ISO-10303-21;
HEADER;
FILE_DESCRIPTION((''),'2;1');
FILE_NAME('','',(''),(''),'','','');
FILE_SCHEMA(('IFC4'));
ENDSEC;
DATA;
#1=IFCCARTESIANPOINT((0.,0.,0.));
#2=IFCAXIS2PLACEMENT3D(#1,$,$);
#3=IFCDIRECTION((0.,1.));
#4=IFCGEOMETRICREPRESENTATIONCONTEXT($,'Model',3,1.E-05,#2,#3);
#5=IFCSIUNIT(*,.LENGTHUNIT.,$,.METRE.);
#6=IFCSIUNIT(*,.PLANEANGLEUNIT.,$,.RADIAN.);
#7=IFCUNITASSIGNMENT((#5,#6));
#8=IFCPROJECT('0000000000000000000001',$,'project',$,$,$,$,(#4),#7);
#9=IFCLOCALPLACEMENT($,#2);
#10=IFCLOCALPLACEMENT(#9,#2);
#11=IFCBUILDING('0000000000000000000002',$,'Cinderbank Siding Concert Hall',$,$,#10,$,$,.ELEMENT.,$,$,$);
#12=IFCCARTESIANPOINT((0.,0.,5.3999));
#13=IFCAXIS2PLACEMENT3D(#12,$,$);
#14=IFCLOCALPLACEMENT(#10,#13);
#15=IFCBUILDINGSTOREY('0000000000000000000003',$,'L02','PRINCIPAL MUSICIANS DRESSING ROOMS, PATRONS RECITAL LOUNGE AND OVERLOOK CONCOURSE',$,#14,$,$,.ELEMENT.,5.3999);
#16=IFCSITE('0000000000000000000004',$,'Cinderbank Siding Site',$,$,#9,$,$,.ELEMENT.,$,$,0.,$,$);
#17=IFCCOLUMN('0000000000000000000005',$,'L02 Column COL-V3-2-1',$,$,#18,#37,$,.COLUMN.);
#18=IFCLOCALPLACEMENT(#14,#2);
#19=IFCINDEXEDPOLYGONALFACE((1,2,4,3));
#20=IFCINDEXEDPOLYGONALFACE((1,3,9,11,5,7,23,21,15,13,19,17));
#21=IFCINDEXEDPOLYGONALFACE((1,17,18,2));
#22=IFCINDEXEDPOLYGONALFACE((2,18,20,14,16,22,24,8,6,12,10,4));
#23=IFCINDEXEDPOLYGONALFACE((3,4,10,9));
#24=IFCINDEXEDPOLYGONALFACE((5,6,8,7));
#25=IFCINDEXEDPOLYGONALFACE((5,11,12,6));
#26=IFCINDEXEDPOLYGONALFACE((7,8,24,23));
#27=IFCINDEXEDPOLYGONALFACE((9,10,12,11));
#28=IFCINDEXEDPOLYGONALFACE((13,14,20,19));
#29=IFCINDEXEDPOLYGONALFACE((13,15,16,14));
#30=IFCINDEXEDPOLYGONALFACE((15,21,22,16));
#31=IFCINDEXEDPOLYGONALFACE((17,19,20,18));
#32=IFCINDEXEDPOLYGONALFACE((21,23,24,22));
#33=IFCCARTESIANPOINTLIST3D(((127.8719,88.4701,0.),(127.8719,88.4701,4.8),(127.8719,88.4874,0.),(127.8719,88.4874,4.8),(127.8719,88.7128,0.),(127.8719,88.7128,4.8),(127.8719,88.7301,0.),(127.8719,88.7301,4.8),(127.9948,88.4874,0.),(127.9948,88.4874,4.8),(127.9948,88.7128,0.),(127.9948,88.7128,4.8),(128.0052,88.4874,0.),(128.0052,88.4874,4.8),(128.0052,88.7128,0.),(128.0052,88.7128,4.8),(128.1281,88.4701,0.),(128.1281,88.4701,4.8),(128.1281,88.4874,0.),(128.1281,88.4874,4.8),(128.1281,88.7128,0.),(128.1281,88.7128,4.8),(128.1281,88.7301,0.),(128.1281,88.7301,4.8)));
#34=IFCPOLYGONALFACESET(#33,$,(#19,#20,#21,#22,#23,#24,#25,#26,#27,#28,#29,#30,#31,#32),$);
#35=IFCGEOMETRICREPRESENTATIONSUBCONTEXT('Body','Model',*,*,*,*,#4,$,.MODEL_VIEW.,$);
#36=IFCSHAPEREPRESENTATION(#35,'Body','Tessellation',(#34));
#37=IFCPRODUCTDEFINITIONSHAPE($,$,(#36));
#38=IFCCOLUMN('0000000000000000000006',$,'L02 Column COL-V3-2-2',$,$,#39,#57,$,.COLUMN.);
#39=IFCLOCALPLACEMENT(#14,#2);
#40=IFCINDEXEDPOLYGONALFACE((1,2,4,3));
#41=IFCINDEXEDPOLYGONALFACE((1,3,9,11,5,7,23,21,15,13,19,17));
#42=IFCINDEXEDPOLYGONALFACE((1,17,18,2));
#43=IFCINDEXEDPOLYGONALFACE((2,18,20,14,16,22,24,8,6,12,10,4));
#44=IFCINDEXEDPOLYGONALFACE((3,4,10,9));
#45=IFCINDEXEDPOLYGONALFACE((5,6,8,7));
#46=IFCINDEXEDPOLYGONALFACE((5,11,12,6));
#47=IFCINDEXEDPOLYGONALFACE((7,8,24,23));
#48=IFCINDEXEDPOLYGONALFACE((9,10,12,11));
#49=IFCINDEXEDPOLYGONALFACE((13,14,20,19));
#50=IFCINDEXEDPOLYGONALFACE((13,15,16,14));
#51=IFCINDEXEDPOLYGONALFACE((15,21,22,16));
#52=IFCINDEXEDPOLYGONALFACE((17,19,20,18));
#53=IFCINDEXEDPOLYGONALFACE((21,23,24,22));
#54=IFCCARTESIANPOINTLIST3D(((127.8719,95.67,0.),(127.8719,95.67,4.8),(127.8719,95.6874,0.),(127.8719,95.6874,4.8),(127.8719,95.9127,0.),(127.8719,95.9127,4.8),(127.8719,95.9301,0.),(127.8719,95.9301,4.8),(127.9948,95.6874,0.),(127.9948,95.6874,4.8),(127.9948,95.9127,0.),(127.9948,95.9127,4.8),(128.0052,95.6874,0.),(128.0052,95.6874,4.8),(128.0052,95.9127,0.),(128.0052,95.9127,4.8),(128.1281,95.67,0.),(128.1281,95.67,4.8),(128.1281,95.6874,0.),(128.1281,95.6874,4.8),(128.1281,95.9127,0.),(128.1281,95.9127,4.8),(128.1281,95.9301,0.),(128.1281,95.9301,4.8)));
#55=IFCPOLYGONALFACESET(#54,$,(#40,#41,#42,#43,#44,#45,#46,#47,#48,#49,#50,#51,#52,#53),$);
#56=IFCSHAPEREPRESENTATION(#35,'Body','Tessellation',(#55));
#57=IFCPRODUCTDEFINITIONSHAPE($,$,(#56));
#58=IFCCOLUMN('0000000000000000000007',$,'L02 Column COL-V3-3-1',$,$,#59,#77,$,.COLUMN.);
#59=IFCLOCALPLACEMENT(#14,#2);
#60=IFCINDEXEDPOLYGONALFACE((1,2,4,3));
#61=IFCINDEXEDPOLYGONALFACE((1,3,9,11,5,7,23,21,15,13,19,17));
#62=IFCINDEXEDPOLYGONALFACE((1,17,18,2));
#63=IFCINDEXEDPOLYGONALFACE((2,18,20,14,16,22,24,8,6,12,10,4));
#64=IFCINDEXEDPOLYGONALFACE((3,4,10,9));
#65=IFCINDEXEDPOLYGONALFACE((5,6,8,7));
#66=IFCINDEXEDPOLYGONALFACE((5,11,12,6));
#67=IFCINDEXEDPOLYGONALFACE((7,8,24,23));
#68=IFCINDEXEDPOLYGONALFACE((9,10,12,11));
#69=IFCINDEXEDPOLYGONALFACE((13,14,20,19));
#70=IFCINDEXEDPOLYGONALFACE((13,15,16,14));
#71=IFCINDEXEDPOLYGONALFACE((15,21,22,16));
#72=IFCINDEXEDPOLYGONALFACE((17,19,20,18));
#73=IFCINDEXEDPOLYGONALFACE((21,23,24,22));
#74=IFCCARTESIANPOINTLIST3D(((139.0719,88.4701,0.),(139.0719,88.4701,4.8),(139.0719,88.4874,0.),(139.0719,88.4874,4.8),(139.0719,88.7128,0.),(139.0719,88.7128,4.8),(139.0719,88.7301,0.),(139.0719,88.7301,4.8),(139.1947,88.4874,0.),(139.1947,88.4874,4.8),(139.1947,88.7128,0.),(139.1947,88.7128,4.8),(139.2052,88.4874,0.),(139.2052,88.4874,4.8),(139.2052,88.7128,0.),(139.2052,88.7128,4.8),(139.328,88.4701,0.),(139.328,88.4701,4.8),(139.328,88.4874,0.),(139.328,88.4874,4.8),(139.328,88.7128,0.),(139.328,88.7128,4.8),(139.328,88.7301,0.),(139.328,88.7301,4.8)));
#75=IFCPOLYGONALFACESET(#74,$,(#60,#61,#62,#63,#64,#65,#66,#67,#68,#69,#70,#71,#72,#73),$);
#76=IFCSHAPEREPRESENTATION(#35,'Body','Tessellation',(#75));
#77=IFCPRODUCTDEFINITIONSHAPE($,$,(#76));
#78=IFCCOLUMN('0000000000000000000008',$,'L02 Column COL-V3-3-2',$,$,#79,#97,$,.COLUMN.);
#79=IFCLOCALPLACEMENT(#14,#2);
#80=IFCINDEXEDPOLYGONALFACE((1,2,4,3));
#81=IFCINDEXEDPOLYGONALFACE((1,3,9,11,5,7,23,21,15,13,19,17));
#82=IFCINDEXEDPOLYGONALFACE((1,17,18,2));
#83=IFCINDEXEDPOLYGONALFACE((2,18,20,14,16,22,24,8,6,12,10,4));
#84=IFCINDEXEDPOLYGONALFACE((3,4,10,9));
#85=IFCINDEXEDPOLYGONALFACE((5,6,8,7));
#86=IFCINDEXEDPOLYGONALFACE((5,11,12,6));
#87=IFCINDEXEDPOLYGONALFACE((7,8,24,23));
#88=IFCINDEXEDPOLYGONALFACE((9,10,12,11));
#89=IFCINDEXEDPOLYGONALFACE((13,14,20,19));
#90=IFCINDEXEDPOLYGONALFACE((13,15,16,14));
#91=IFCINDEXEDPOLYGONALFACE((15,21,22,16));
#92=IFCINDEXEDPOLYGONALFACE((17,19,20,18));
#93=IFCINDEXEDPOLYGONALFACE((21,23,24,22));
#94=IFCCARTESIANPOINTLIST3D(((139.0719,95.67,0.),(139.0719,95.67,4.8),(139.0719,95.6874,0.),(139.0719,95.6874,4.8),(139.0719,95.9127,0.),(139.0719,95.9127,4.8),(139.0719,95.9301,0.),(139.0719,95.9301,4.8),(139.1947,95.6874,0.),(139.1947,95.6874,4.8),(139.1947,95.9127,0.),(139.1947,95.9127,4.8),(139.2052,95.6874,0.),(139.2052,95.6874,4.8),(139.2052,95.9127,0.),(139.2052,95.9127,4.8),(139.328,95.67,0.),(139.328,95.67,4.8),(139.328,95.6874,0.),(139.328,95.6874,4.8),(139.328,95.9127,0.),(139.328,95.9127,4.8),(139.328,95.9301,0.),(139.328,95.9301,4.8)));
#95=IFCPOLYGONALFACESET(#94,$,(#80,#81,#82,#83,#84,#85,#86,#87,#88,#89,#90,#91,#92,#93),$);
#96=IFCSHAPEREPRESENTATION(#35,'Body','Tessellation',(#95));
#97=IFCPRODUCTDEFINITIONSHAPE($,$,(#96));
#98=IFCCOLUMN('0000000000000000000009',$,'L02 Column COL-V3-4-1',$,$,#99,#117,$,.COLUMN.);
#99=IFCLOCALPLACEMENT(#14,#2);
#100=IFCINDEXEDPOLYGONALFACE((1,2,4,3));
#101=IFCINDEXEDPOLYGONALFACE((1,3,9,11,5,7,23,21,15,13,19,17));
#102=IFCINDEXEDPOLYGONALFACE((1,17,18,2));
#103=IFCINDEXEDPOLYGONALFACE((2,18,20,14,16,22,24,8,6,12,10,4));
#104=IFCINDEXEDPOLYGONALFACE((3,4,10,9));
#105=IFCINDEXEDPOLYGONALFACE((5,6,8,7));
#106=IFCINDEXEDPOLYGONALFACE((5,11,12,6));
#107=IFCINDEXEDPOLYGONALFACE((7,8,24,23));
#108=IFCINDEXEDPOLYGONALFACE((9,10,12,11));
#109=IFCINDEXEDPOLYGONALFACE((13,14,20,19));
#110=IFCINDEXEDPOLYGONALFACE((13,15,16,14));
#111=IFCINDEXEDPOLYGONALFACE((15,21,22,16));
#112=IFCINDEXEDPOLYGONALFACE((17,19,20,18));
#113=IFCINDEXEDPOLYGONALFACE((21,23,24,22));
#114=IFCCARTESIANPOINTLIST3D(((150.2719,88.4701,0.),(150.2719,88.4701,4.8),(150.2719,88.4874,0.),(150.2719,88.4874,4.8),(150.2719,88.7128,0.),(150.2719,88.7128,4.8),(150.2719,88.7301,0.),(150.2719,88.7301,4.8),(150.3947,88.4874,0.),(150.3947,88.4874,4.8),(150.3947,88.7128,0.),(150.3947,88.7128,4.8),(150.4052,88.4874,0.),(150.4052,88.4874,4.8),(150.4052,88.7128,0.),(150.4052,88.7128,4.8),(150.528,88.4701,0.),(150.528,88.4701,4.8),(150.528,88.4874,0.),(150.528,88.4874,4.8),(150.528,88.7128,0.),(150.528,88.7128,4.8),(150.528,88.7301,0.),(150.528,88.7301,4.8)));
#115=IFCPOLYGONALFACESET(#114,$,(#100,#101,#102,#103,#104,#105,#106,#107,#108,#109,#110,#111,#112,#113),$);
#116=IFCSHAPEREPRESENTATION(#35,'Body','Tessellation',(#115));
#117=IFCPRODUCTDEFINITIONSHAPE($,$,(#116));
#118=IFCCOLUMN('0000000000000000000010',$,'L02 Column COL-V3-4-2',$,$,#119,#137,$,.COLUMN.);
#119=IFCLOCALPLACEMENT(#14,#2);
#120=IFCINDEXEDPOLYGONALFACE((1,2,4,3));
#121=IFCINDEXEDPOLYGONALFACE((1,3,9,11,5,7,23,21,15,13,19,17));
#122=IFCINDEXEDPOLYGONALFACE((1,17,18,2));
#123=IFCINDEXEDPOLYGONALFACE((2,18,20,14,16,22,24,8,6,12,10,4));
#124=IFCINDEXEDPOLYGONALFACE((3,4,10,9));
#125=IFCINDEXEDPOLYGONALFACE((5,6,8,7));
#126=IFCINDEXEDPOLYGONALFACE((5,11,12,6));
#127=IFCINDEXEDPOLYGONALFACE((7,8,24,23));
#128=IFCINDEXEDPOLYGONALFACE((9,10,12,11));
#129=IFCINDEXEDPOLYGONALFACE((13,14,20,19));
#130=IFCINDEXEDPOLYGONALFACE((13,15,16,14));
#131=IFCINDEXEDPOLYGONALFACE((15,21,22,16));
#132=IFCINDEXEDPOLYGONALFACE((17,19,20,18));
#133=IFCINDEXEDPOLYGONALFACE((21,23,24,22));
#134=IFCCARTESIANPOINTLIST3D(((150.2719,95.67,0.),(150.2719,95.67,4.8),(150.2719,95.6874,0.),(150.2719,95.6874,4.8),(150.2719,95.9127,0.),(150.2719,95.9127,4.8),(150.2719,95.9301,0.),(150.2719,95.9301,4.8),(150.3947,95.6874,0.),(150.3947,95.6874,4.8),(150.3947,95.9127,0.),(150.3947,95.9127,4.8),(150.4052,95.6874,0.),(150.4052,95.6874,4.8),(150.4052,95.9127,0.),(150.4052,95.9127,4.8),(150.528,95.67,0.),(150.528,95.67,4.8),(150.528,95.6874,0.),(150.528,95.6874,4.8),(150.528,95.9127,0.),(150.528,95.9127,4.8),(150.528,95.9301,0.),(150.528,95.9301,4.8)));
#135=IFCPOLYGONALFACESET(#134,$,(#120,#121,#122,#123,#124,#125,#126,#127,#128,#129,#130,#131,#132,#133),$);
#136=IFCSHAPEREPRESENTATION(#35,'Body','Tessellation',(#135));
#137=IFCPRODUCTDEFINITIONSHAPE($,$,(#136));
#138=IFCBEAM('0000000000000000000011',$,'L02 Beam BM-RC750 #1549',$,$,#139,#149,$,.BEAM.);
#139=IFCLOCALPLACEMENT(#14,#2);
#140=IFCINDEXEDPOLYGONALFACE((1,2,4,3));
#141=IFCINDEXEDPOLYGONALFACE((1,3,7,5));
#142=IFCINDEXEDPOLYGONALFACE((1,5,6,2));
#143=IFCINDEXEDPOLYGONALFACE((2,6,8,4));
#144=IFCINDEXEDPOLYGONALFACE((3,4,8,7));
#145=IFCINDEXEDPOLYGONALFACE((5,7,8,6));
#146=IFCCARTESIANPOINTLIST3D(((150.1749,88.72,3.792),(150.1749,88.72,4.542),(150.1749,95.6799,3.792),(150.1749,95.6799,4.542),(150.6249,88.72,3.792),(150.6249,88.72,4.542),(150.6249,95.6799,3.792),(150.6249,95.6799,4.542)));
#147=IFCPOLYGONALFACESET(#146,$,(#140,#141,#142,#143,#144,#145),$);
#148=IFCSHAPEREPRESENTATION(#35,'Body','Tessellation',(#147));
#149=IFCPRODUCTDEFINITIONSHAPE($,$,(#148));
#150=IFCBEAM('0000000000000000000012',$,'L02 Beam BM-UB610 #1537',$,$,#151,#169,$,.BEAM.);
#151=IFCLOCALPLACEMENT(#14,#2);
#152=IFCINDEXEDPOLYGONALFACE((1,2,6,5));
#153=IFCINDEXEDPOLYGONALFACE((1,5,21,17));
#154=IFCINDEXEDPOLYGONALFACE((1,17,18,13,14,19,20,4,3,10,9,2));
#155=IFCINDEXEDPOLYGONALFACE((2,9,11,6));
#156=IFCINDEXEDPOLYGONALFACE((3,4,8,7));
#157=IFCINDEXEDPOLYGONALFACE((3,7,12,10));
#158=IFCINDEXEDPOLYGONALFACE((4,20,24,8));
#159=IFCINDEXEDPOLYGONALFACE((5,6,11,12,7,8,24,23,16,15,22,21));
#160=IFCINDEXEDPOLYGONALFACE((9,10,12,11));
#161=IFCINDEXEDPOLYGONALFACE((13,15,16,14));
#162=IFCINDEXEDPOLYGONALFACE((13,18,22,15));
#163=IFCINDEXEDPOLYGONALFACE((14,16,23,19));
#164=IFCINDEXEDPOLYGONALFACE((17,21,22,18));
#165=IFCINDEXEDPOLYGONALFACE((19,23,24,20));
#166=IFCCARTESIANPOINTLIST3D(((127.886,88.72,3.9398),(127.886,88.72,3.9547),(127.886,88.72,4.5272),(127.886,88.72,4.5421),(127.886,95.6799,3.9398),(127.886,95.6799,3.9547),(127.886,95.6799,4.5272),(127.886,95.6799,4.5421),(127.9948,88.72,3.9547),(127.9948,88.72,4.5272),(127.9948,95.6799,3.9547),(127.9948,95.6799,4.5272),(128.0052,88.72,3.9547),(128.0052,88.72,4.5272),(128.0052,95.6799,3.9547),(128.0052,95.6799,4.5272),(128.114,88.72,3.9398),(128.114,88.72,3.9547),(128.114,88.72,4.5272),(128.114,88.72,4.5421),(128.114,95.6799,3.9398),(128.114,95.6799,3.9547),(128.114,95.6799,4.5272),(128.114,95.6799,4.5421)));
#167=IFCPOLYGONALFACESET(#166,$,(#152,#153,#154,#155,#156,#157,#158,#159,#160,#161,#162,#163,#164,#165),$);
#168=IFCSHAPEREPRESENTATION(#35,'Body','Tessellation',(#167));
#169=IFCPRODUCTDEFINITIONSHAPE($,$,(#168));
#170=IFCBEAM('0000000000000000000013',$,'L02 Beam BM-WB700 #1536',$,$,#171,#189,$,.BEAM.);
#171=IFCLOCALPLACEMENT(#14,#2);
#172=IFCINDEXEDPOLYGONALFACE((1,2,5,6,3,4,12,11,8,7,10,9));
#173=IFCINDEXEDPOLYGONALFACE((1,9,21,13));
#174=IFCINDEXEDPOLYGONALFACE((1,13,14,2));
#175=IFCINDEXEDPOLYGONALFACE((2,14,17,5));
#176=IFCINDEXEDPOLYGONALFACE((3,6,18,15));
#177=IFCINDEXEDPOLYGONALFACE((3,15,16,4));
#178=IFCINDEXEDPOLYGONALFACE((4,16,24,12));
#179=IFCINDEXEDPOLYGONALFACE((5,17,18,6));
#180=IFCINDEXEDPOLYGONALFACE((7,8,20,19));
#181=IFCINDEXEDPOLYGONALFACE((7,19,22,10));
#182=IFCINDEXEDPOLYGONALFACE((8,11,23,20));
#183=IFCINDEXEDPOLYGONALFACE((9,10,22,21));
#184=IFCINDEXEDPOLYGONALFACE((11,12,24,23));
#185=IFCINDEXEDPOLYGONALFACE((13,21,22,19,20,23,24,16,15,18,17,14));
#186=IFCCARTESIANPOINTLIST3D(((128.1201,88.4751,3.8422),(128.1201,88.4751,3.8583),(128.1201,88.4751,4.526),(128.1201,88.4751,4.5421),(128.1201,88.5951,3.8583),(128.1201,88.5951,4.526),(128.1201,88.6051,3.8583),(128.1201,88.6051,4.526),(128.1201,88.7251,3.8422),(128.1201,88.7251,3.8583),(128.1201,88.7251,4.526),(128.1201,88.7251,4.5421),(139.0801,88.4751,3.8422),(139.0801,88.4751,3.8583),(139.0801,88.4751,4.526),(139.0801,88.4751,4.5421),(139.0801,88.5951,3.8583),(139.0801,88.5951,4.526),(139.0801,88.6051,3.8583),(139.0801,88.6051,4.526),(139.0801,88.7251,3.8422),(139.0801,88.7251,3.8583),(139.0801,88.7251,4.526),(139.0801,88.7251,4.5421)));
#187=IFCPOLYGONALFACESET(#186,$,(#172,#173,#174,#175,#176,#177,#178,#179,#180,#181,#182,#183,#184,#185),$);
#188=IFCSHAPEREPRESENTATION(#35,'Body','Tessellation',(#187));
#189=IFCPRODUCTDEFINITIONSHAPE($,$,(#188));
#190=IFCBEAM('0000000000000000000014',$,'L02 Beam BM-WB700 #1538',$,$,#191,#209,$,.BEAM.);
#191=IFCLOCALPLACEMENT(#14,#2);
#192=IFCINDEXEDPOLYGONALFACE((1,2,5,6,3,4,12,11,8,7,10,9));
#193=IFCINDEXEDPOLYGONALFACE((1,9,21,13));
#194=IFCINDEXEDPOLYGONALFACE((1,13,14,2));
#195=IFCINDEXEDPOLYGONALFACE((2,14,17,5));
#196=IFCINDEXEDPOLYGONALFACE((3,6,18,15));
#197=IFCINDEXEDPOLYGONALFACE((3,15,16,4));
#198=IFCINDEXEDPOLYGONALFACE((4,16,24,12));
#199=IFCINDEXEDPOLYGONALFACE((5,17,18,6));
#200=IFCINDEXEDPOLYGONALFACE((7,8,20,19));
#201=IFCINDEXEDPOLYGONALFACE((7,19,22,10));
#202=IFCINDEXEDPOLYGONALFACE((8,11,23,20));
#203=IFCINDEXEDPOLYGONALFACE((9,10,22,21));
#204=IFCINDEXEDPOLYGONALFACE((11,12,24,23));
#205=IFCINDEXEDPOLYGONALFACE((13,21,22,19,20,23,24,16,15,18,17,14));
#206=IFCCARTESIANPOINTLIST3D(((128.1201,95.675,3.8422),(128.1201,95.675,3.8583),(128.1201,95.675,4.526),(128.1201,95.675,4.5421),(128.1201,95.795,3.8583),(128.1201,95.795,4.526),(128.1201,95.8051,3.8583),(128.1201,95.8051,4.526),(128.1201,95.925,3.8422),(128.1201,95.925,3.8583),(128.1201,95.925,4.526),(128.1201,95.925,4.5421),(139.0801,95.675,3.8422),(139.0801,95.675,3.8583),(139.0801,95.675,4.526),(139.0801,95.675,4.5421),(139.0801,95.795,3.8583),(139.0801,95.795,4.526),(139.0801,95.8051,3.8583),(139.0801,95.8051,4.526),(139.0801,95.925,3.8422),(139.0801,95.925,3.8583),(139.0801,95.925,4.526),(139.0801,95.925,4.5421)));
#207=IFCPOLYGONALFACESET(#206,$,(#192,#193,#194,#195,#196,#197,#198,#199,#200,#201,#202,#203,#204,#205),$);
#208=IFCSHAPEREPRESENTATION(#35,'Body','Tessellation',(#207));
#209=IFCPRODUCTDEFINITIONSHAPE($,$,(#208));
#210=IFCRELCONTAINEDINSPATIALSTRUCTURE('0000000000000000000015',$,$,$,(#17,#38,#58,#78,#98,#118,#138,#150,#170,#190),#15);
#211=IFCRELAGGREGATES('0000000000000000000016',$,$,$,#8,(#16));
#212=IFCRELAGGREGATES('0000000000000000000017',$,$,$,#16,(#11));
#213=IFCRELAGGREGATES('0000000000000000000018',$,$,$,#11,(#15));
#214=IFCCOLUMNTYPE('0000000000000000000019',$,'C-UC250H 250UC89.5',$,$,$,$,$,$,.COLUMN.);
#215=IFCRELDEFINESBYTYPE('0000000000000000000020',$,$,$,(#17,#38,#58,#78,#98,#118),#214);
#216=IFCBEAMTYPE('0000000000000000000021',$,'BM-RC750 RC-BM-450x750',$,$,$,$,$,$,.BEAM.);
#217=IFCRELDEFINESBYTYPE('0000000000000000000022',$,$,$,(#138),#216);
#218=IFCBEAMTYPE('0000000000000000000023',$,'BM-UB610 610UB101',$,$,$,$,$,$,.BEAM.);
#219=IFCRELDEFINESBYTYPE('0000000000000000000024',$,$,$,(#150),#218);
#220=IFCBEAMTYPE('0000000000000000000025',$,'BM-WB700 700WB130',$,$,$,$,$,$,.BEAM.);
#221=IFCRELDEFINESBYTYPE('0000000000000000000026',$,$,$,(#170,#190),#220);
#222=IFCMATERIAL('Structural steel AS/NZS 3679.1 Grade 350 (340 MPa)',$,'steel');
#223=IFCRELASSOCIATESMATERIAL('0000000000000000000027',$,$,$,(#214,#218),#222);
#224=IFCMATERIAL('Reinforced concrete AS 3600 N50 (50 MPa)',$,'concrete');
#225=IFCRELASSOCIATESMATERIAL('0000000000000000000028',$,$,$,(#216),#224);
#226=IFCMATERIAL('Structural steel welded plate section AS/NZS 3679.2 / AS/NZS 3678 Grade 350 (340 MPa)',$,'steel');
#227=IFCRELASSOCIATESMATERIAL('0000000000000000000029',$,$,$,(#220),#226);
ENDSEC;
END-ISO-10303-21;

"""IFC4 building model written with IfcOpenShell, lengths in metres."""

from ifc_helpers import new_model, si_unit, direction, frame, origin, origin_2d, place, context, subcontext, project, spatial, rectangle, i_section, extrude, material, material_profile, profile_set, type_object, element, save


model = new_model("IFC4")

# Units and contexts
model_context = context("Model", 3, precision=1e-05, world=origin(), true_north=direction((0.0, 1.0)))
body_context = subcontext(model_context, "Body", "Model", "MODEL_VIEW")
ifc_project = project(units=[si_unit("LENGTHUNIT", "METRE"), si_unit("PLANEANGLEUNIT", "RADIAN")], contexts=[model_context])

# Site, building, storey
site_placement = place(None, origin())
site = spatial("IfcSite", under=ifc_project, at=site_placement, Name="Cinderbank Siding Site", CompositionType="ELEMENT", RefElevation=0.0)
building_placement = place(site_placement, origin())
building = spatial("IfcBuilding", under=site, at=building_placement, Name="Cinderbank Siding Concert Hall", CompositionType="ELEMENT")
storey_placement = place(building_placement, frame((0.0, 0.0, 5.3999)))
storey = spatial("IfcBuildingStorey", under=building, at=storey_placement, Name="L02", Description="PRINCIPAL MUSICIANS DRESSING ROOMS, PATRONS RECITAL LOUNGE AND OVERLOOK CONCOURSE", CompositionType="ELEMENT", Elevation=5.3999)

# Columns
ifc_material_1 = material(Name="Structural steel AS/NZS 3679.1 Grade 350 (340 MPa)", Category="steel")
ifc_material_profile_1 = material_profile(ifc_material_1, i_section(OverallWidth=0.2561, OverallDepth=0.26, WebThickness=0.0105, FlangeThickness=0.0173, at=origin_2d()), Name="250UC89.5", Category="LoadBearing")
ifc_profile_set_1 = profile_set([ifc_material_profile_1], Name="Structural steel AS/NZS 3679.1 Grade 350 (340 MPa)")
column_type = type_object("IfcColumnType", Name="C-UC250H 250UC89.5", PredefinedType="COLUMN", material=ifc_profile_set_1)
for number, where, z_axis, x_axis, name in (
    (1, (128.0, 88.6001, 0.0), (0.0, 0.0, 1.0), (1.0, 0.0, 0.0), "L02 Column COL-V3-2-1"),
    (2, (128.0, 95.8, 0.0), (0.0, 0.0, 1.0), (1.0, 0.0, 0.0), "L02 Column COL-V3-2-2"),
    (3, (139.2, 88.6001, 0.0), (0.0, 0.0, 1.0), (1.0, 0.0, 0.0), "L02 Column COL-V3-3-1"),
    (4, (139.2, 95.8, 0.0), (0.0, 0.0, 1.0), (1.0, 0.0, 0.0), "L02 Column COL-V3-3-2"),
    (5, (150.3999, 88.6001, 0.0), (0.0, 0.0, 1.0), (1.0, 0.0, 0.0), "L02 Column COL-V3-4-1"),
    (6, (150.3999, 95.8, 0.0), (0.0, 0.0, 1.0), (1.0, 0.0, 0.0), "L02 Column COL-V3-4-2"),
):
    element("IfcColumn", number, at=place(storey_placement, frame(where, z_axis=z_axis, x_axis=x_axis)), inside=storey, type_object=column_type, Name=name, PredefinedType="COLUMN", context=body_context, shape_type="SweptSolid", body=[
        extrude(i_section(OverallWidth=0.2561, OverallDepth=0.26, WebThickness=0.0105, FlangeThickness=0.0173, at=origin_2d()), origin(), (0.0, 0.0, 1.0), 4.8),
    ])

# Beams
ifc_material_2 = material(Name="Reinforced concrete AS 3600 N50 (50 MPa)", Category="concrete")
ifc_material_profile_2 = material_profile(ifc_material_2, rectangle(XDim=0.45, YDim=0.75, at=origin_2d()), Name="RC-BM-450x750", Category="LoadBearing")
ifc_profile_set_2 = profile_set([ifc_material_profile_2], Name="Reinforced concrete AS 3600 N50 (50 MPa)")
beam_type_1 = type_object("IfcBeamType", Name="BM-RC750 RC-BM-450x750", PredefinedType="BEAM", material=ifc_profile_set_2)
beam_1_placement = place(storey_placement, frame((150.3999, 88.72, 4.167), z_axis=(0.0, 1.0, 0.0), x_axis=(-1.0, 0.0, 0.0)))
element("IfcBeam", 7, at=beam_1_placement, inside=storey, type_object=beam_type_1, Name="L02 Beam BM-RC750 #1549", PredefinedType="BEAM", context=body_context, shape_type="SweptSolid", body=[
    extrude(rectangle(XDim=0.45, YDim=0.75, at=origin_2d()), origin(), (0.0, 0.0, 1.0), 6.96),
])
ifc_material_profile_3 = material_profile(ifc_material_1, i_section(OverallWidth=0.228, OverallDepth=0.6023, WebThickness=0.0105, FlangeThickness=0.0149, at=origin_2d()), Name="610UB101", Category="LoadBearing")
ifc_profile_set_3 = profile_set([ifc_material_profile_3], Name="Structural steel AS/NZS 3679.1 Grade 350 (340 MPa)")
beam_type_2 = type_object("IfcBeamType", Name="BM-UB610 610UB101", PredefinedType="BEAM", material=ifc_profile_set_3)
beam_2_placement = place(storey_placement, frame((128.0, 88.72, 4.241), z_axis=(0.0, 1.0, 0.0), x_axis=(-1.0, 0.0, 0.0)))
element("IfcBeam", 8, at=beam_2_placement, inside=storey, type_object=beam_type_2, Name="L02 Beam BM-UB610 #1537", PredefinedType="BEAM", context=body_context, shape_type="SweptSolid", body=[
    extrude(i_section(OverallWidth=0.228, OverallDepth=0.6023, WebThickness=0.0105, FlangeThickness=0.0149, at=origin_2d()), origin(), (0.0, 0.0, 1.0), 6.96),
])
ifc_material_3 = material(Name="Structural steel welded plate section AS/NZS 3679.2 / AS/NZS 3678 Grade 350 (340 MPa)", Category="steel")
ifc_material_profile_4 = material_profile(ifc_material_3, i_section(OverallWidth=0.25, OverallDepth=0.7, WebThickness=0.01, FlangeThickness=0.0161, at=origin_2d()), Name="700WB130", Category="LoadBearing")
ifc_profile_set_4 = profile_set([ifc_material_profile_4], Name="Structural steel welded plate section AS/NZS 3679.2 / AS/NZS 3678 Grade 350 (340 MPa)")
beam_type_3 = type_object("IfcBeamType", Name="BM-WB700 700WB130", PredefinedType="BEAM", material=ifc_profile_set_4)
for number, where, z_axis, x_axis, name in (
    (9, (128.1201, 88.6001, 4.1921), (1.0, 0.0, 0.0), (0.0, 1.0, 0.0), "L02 Beam BM-WB700 #1536"),
    (10, (128.1201, 95.8, 4.1921), (1.0, 0.0, 0.0), (0.0, 1.0, 0.0), "L02 Beam BM-WB700 #1538"),
):
    element("IfcBeam", number, at=place(storey_placement, frame(where, z_axis=z_axis, x_axis=x_axis)), inside=storey, type_object=beam_type_3, Name=name, PredefinedType="BEAM", context=body_context, shape_type="SweptSolid", body=[
        extrude(i_section(OverallWidth=0.25, OverallDepth=0.7, WebThickness=0.01, FlangeThickness=0.0161, at=origin_2d()), origin(), (0.0, 0.0, 1.0), 10.96),
    ])

save(model, "model.ifc")
